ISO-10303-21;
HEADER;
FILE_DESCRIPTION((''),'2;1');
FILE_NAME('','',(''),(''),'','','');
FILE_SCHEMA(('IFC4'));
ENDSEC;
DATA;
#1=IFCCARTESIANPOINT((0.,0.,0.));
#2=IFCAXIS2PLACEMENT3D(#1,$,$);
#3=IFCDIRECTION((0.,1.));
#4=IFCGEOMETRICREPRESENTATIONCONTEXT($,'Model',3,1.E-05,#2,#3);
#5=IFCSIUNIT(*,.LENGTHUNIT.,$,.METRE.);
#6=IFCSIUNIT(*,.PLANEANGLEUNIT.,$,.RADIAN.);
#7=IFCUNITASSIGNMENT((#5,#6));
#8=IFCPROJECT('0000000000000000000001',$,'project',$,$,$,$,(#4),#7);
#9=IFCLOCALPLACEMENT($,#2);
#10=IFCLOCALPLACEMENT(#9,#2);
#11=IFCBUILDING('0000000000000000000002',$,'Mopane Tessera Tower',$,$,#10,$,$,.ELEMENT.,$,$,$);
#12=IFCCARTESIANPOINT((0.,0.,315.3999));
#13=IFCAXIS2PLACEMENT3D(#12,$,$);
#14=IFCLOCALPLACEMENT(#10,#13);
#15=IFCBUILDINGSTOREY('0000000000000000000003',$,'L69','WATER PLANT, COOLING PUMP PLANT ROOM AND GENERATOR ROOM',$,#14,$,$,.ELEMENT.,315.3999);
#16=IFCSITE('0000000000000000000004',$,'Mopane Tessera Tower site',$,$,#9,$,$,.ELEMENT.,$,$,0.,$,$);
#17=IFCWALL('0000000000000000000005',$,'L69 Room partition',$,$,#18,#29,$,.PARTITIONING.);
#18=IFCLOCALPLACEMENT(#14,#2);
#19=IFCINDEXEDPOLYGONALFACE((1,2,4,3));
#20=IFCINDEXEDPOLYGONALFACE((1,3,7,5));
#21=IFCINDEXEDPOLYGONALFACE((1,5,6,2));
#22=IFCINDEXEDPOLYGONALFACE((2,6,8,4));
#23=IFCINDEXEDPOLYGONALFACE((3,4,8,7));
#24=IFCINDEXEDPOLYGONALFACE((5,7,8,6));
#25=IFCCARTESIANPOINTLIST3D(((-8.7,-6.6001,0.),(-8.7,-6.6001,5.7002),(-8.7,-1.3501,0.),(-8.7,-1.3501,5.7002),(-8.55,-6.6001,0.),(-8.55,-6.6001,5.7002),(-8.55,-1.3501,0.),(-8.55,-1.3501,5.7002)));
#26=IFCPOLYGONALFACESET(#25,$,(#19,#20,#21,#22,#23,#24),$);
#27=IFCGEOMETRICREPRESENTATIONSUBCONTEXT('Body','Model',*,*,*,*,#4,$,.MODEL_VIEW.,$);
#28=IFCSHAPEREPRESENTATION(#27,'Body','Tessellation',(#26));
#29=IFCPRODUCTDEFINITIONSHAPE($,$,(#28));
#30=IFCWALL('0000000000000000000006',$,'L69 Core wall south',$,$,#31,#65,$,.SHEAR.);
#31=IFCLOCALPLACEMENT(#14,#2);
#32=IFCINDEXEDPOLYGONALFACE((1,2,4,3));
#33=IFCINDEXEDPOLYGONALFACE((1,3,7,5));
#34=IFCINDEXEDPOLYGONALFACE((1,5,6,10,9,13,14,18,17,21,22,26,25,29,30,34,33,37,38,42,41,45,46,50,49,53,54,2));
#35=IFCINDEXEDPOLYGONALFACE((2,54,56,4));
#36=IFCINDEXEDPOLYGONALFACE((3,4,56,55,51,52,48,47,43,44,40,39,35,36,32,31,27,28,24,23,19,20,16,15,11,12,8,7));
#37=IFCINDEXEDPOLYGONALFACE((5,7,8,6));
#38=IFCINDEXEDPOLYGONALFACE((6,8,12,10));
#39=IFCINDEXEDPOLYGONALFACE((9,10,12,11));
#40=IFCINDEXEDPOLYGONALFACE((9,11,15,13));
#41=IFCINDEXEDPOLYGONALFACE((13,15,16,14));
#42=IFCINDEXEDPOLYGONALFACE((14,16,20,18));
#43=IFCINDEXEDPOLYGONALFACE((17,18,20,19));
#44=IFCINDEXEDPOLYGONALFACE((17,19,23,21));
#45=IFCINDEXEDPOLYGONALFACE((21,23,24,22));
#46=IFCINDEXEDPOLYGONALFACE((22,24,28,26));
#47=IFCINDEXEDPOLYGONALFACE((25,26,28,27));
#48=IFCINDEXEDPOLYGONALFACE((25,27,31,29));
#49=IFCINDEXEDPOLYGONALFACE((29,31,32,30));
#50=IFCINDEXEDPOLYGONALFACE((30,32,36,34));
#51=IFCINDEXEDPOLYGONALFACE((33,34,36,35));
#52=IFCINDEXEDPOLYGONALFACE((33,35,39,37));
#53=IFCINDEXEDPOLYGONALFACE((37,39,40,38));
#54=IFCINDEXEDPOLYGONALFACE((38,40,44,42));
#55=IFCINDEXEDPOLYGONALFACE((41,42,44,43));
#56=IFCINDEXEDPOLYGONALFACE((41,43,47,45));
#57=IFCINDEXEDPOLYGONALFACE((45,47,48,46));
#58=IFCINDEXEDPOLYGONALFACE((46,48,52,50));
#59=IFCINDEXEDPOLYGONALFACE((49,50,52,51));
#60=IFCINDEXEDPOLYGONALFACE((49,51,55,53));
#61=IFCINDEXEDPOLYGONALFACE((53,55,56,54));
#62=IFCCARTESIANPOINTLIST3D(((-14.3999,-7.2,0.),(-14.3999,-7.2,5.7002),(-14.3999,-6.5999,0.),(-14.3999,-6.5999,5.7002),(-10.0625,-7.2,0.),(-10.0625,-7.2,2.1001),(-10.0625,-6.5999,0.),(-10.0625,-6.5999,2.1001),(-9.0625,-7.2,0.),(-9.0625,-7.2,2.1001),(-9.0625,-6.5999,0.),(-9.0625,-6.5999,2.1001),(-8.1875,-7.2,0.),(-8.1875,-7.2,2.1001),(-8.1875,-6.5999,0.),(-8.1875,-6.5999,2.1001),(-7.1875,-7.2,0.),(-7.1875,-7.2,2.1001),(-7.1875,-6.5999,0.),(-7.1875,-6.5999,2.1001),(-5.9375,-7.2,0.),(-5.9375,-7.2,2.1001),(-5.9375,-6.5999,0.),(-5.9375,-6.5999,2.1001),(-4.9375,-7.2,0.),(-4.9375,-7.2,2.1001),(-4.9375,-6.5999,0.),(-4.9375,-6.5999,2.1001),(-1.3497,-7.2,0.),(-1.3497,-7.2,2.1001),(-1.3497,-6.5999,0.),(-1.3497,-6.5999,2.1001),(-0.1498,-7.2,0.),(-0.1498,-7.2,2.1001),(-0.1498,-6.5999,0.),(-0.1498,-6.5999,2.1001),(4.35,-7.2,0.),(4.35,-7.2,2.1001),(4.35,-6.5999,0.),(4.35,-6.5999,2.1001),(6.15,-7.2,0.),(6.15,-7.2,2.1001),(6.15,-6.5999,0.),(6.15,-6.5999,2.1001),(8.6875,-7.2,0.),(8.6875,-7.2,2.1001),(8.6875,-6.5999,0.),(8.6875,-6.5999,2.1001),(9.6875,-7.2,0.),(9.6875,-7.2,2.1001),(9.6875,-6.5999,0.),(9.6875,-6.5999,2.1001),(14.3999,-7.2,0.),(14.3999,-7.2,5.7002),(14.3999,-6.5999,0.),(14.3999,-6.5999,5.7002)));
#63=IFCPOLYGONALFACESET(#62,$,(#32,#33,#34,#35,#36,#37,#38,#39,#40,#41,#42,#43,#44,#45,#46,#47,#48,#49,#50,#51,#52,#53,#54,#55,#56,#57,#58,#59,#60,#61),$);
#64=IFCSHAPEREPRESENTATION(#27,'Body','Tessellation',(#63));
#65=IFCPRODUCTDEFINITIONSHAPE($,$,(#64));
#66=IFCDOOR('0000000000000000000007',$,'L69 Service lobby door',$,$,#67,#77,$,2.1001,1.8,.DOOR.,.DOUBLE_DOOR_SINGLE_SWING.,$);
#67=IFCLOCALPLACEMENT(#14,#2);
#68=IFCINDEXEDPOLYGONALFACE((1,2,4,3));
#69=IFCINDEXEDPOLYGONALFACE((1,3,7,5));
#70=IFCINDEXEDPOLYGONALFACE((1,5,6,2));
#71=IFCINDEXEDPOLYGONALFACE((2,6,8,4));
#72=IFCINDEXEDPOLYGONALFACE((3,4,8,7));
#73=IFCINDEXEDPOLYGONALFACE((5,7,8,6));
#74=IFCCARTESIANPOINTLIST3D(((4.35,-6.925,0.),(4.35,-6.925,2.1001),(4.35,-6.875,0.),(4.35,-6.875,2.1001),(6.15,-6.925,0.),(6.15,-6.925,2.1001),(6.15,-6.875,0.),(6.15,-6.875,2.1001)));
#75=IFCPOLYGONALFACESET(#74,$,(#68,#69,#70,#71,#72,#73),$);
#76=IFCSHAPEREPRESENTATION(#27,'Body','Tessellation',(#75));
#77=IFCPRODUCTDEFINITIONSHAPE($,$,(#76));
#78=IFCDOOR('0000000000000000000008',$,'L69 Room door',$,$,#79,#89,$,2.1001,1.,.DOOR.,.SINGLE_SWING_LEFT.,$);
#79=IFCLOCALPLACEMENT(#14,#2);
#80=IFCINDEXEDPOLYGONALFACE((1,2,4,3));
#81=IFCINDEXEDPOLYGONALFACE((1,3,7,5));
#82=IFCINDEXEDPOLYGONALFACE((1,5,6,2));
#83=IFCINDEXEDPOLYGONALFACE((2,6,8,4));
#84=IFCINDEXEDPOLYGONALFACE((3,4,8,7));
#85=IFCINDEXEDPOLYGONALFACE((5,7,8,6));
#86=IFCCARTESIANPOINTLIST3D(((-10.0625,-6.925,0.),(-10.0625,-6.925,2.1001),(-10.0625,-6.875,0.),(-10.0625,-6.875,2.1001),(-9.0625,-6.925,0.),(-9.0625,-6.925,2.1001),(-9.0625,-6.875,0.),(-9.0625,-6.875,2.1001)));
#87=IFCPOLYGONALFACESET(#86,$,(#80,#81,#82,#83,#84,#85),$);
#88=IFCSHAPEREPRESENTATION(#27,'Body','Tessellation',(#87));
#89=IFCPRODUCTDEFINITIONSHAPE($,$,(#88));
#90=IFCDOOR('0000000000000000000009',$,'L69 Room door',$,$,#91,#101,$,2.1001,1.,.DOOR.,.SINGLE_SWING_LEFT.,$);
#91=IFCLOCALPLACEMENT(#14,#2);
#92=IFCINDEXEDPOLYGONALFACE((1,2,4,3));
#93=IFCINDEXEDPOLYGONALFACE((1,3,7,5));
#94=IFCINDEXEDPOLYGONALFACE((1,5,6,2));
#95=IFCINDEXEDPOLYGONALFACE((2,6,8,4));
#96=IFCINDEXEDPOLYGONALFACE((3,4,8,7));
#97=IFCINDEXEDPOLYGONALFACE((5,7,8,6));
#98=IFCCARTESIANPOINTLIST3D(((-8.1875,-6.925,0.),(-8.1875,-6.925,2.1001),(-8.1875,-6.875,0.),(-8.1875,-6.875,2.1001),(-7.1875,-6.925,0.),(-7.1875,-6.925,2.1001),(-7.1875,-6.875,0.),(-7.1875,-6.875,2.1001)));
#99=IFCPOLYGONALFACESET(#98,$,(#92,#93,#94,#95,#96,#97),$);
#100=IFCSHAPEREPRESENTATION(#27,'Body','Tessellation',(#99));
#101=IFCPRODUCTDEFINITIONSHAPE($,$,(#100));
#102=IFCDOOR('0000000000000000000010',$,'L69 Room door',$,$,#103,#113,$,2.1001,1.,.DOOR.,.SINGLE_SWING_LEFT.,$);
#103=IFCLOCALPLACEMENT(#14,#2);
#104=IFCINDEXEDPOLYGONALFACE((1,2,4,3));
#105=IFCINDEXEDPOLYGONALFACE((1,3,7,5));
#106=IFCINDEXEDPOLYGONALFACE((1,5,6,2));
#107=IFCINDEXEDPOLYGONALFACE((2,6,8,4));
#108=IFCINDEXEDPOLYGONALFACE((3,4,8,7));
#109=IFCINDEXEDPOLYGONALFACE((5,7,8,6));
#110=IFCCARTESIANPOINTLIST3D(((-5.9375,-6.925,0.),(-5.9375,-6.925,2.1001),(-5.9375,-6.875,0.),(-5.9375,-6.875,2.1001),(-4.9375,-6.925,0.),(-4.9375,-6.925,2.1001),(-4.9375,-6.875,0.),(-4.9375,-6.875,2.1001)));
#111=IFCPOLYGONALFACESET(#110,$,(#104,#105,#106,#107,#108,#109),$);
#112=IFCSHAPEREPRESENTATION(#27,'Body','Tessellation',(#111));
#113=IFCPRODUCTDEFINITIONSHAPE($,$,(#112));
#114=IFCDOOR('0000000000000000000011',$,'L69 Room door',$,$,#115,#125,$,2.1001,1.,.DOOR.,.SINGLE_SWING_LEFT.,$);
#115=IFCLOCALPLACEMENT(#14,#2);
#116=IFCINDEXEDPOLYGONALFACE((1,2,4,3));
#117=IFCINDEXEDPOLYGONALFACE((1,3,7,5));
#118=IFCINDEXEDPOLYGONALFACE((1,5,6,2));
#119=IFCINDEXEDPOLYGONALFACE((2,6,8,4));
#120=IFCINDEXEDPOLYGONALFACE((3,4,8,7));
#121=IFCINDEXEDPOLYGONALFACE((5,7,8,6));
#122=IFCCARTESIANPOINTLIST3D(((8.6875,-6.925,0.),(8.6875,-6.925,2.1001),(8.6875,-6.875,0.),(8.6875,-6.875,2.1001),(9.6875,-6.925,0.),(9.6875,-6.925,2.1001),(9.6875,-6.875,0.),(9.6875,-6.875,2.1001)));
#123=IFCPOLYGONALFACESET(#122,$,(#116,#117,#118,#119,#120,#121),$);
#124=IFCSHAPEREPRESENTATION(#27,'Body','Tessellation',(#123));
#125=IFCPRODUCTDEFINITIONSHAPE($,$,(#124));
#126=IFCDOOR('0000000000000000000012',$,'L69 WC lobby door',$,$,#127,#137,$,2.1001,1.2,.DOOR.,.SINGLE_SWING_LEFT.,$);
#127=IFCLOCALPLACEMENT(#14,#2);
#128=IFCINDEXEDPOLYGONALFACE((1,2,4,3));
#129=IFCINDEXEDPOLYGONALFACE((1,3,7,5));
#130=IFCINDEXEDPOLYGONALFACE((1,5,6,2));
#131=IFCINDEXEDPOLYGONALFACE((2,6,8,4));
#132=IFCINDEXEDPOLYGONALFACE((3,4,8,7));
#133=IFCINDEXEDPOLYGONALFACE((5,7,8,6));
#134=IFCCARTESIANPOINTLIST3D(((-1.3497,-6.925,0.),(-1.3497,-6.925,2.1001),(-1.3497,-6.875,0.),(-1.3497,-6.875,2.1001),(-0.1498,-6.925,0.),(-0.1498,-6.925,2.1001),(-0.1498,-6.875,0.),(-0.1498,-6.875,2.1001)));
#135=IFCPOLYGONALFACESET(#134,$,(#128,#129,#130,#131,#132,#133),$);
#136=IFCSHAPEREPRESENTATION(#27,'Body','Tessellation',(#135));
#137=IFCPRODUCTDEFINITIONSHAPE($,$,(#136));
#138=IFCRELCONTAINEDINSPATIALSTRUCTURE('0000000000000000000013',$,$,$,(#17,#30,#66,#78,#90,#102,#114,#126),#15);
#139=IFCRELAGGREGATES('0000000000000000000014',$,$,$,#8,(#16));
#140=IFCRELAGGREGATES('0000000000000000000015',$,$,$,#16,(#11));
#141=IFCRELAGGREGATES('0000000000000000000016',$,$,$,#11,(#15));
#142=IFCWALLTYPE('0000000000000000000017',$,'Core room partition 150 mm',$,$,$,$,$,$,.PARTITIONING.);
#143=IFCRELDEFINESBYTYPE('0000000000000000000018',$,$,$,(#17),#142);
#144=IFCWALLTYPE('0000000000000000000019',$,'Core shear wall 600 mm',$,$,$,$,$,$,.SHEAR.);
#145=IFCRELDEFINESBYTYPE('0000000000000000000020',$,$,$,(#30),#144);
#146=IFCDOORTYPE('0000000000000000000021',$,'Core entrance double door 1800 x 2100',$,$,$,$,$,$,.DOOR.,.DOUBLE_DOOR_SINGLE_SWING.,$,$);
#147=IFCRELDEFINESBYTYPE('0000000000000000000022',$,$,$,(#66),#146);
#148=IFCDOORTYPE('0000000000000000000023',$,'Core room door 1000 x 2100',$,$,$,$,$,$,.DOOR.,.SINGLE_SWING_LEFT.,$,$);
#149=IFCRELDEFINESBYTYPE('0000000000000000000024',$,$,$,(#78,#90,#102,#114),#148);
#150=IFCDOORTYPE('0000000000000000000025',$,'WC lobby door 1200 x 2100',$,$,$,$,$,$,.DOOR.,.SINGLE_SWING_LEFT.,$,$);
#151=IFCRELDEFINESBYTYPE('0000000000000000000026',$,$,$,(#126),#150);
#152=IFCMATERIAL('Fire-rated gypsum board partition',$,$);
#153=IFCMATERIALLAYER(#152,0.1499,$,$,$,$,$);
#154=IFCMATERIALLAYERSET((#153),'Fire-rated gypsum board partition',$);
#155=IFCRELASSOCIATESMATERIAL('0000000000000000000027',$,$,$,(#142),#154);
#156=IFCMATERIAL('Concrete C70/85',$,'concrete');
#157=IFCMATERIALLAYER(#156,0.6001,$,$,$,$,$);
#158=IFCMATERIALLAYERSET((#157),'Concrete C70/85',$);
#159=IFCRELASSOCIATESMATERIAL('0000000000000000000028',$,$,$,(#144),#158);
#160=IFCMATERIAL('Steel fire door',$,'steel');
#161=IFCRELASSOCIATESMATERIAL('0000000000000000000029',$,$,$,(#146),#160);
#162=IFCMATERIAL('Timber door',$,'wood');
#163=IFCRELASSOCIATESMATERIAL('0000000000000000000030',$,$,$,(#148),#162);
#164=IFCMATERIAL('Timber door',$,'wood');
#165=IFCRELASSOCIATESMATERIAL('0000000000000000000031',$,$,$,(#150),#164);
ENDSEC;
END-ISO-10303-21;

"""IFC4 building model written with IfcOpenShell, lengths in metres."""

from ifc_helpers import new_model, si_unit, direction, frame, frame_2d, origin, place, context, subcontext, project, spatial, rectangle, extrude, material, layer, layer_set, type_object, element, fill, save


model = new_model("IFC4")

# Units and contexts
model_context = context("Model", 3, precision=1e-05, world=origin(), true_north=direction((0.0, 1.0)))
body_context = subcontext(model_context, "Body", "Model", "MODEL_VIEW")
ifc_project = project(units=[si_unit("LENGTHUNIT", "METRE"), si_unit("PLANEANGLEUNIT", "RADIAN")], contexts=[model_context])

# Site, building, storey
site_placement = place(None, origin())
site = spatial("IfcSite", under=ifc_project, at=site_placement, Name="Mopane Tessera Tower site", CompositionType="ELEMENT", RefElevation=0.0)
building_placement = place(site_placement, origin())
building = spatial("IfcBuilding", under=site, at=building_placement, Name="Mopane Tessera Tower", CompositionType="ELEMENT")
storey_placement = place(building_placement, frame((0.0, 0.0, 315.3999)))
storey = spatial("IfcBuildingStorey", under=building, at=storey_placement, Name="L69", Description="WATER PLANT, COOLING PUMP PLANT ROOM AND GENERATOR ROOM", CompositionType="ELEMENT", Elevation=315.3999)

# Wall
ifc_material_1 = material(Name="Fire-rated gypsum board partition")
ifc_layer_1 = layer(ifc_material_1, 0.1499)
ifc_layer_set_1 = layer_set([ifc_layer_1], Name="Fire-rated gypsum board partition")
wall_type_1 = type_object("IfcWallType", Name="Core room partition 150 mm", PredefinedType="PARTITIONING", material=ifc_layer_set_1)
wall_1_placement = place(storey_placement, frame((-8.625, -6.6001, 0.0), z_axis=(0.0, 0.0, 1.0), x_axis=(0.0, 1.0, 0.0)))
element("IfcWall", 1, at=wall_1_placement, inside=storey, type_object=wall_type_1, Name="L69 Room partition", PredefinedType="PARTITIONING", context=body_context, shape_type="SweptSolid", body=[
    extrude(rectangle(XDim=5.25, YDim=0.1499, at=frame_2d((2.625, 0.0))), origin(), (0.0, 0.0, 1.0), 5.7002),
])

# Wall, openings, doors
ifc_material_2 = material(Name="Concrete C70/85", Category="concrete")
ifc_layer_2 = layer(ifc_material_2, 0.6001)
ifc_layer_set_2 = layer_set([ifc_layer_2], Name="Concrete C70/85")
wall_type_2 = type_object("IfcWallType", Name="Core shear wall 600 mm", PredefinedType="SHEAR", material=ifc_layer_set_2)
wall_2_placement = place(storey_placement, frame((-14.3999, -6.8999, 0.0), z_axis=(0.0, 0.0, 1.0), x_axis=(1.0, 0.0, 0.0)))
wall_2 = element("IfcWall", 2, at=wall_2_placement, inside=storey, type_object=wall_type_2, Name="L69 Core wall south", PredefinedType="SHEAR", context=body_context, shape_type="SweptSolid", body=[
    extrude(rectangle(XDim=28.7998, YDim=0.6001, at=frame_2d((14.3999, 0.0))), origin(), (0.0, 0.0, 1.0), 5.7002),
])
opening_1_placement = place(wall_2_placement, frame((4.3374, 0.0, 0.0)))
opening_1 = element("IfcOpeningElement", 3, at=opening_1_placement, cuts=wall_2, PredefinedType="OPENING", context=body_context, shape_type="SweptSolid", body=[
    extrude(rectangle(XDim=1.0, YDim=2.1001, at=frame_2d((0.5, 1.05))), frame((0.0, 0.312, 0.0), z_axis=(0.0, -1.0, 0.0), x_axis=(1.0, 0.0, 0.0)), (0.0, 0.0, 1.0), 0.624),
])
opening_2_placement = place(wall_2_placement, frame((6.2124, 0.0, 0.0)))
opening_2 = element("IfcOpeningElement", 4, at=opening_2_placement, cuts=wall_2, PredefinedType="OPENING", context=body_context, shape_type="SweptSolid", body=[
    extrude(rectangle(XDim=1.0, YDim=2.1001, at=frame_2d((0.5, 1.05))), frame((0.0, 0.312, 0.0), z_axis=(0.0, -1.0, 0.0), x_axis=(1.0, 0.0, 0.0)), (0.0, 0.0, 1.0), 0.624),
])
opening_3_placement = place(wall_2_placement, frame((8.4624, 0.0, 0.0)))
opening_3 = element("IfcOpeningElement", 5, at=opening_3_placement, cuts=wall_2, PredefinedType="OPENING", context=body_context, shape_type="SweptSolid", body=[
    extrude(rectangle(XDim=1.0, YDim=2.1001, at=frame_2d((0.5, 1.05))), frame((0.0, 0.312, 0.0), z_axis=(0.0, -1.0, 0.0), x_axis=(1.0, 0.0, 0.0)), (0.0, 0.0, 1.0), 0.624),
])
opening_4_placement = place(wall_2_placement, frame((13.05, 0.0, 0.0)))
opening_4 = element("IfcOpeningElement", 6, at=opening_4_placement, cuts=wall_2, PredefinedType="OPENING", context=body_context, shape_type="SweptSolid", body=[
    extrude(rectangle(XDim=1.2, YDim=2.1001, at=frame_2d((0.6001, 1.05))), frame((0.0, 0.312, 0.0), z_axis=(0.0, -1.0, 0.0), x_axis=(1.0, 0.0, 0.0)), (0.0, 0.0, 1.0), 0.624),
])
opening_5_placement = place(wall_2_placement, frame((18.75, 0.0, 0.0)))
opening_5 = element("IfcOpeningElement", 7, at=opening_5_placement, cuts=wall_2, PredefinedType="OPENING", context=body_context, shape_type="SweptSolid", body=[
    extrude(rectangle(XDim=1.8, YDim=2.1001, at=frame_2d((0.8999, 1.05))), frame((0.0, 0.312, 0.0), z_axis=(0.0, -1.0, 0.0), x_axis=(1.0, 0.0, 0.0)), (0.0, 0.0, 1.0), 0.624),
])
opening_6_placement = place(wall_2_placement, frame((23.0874, 0.0, 0.0)))
opening_6 = element("IfcOpeningElement", 8, at=opening_6_placement, cuts=wall_2, PredefinedType="OPENING", context=body_context, shape_type="SweptSolid", body=[
    extrude(rectangle(XDim=1.0, YDim=2.1001, at=frame_2d((0.5, 1.05))), frame((0.0, 0.312, 0.0), z_axis=(0.0, -1.0, 0.0), x_axis=(1.0, 0.0, 0.0)), (0.0, 0.0, 1.0), 0.624),
])
ifc_material_3 = material(Name="Steel fire door", Category="steel")
door_type_1 = type_object("IfcDoorType", Name="Core entrance double door 1800 x 2100", OperationType="DOUBLE_DOOR_SINGLE_SWING", PredefinedType="DOOR", material=ifc_material_3)
door_1_placement = place(opening_5_placement, origin())
door_1 = element("IfcDoor", 9, at=door_1_placement, inside=storey, type_object=door_type_1, Name="L69 Service lobby door", OperationType="DOUBLE_DOOR_SINGLE_SWING", OverallHeight=2.1001, OverallWidth=1.8, PredefinedType="DOOR", context=body_context, shape_type="SweptSolid", body=[
    extrude(rectangle(XDim=1.8, YDim=2.1001, at=frame_2d((0.8999, 1.05))), frame((0.0, 0.0249, 0.0), z_axis=(0.0, -1.0, 0.0), x_axis=(1.0, 0.0, 0.0)), (0.0, 0.0, 1.0), 0.05),
])
fill(opening_5, door_1)
ifc_material_4 = material(Name="Timber door", Category="wood")
door_type_2 = type_object("IfcDoorType", Name="Core room door 1000 x 2100", OperationType="SINGLE_SWING_LEFT", PredefinedType="DOOR", material=ifc_material_4)
door_2_placement = place(opening_1_placement, origin())
door_2 = element("IfcDoor", 10, at=door_2_placement, inside=storey, type_object=door_type_2, Name="L69 Room door", OperationType="SINGLE_SWING_LEFT", OverallHeight=2.1001, OverallWidth=1.0, PredefinedType="DOOR", context=body_context, shape_type="SweptSolid", body=[
    extrude(rectangle(XDim=1.0, YDim=2.1001, at=frame_2d((0.5, 1.05))), frame((0.0, 0.0249, 0.0), z_axis=(0.0, -1.0, 0.0), x_axis=(1.0, 0.0, 0.0)), (0.0, 0.0, 1.0), 0.05),
])
fill(opening_1, door_2)
door_3_placement = place(opening_2_placement, origin())
door_3 = element("IfcDoor", 11, at=door_3_placement, inside=storey, type_object=door_type_2, Name="L69 Room door", OperationType="SINGLE_SWING_LEFT", OverallHeight=2.1001, OverallWidth=1.0, PredefinedType="DOOR", context=body_context, shape_type="SweptSolid", body=[
    extrude(rectangle(XDim=1.0, YDim=2.1001, at=frame_2d((0.5, 1.05))), frame((0.0, 0.0249, 0.0), z_axis=(0.0, -1.0, 0.0), x_axis=(1.0, 0.0, 0.0)), (0.0, 0.0, 1.0), 0.05),
])
fill(opening_2, door_3)
door_4_placement = place(opening_3_placement, origin())
door_4 = element("IfcDoor", 12, at=door_4_placement, inside=storey, type_object=door_type_2, Name="L69 Room door", OperationType="SINGLE_SWING_LEFT", OverallHeight=2.1001, OverallWidth=1.0, PredefinedType="DOOR", context=body_context, shape_type="SweptSolid", body=[
    extrude(rectangle(XDim=1.0, YDim=2.1001, at=frame_2d((0.5, 1.05))), frame((0.0, 0.0249, 0.0), z_axis=(0.0, -1.0, 0.0), x_axis=(1.0, 0.0, 0.0)), (0.0, 0.0, 1.0), 0.05),
])
fill(opening_3, door_4)
door_5_placement = place(opening_6_placement, origin())
door_5 = element("IfcDoor", 13, at=door_5_placement, inside=storey, type_object=door_type_2, Name="L69 Room door", OperationType="SINGLE_SWING_LEFT", OverallHeight=2.1001, OverallWidth=1.0, PredefinedType="DOOR", context=body_context, shape_type="SweptSolid", body=[
    extrude(rectangle(XDim=1.0, YDim=2.1001, at=frame_2d((0.5, 1.05))), frame((0.0, 0.0249, 0.0), z_axis=(0.0, -1.0, 0.0), x_axis=(1.0, 0.0, 0.0)), (0.0, 0.0, 1.0), 0.05),
])
fill(opening_6, door_5)
ifc_material_5 = material(Name="Timber door", Category="wood")
door_type_3 = type_object("IfcDoorType", Name="WC lobby door 1200 x 2100", OperationType="SINGLE_SWING_LEFT", PredefinedType="DOOR", material=ifc_material_5)
door_6_placement = place(opening_4_placement, origin())
door_6 = element("IfcDoor", 14, at=door_6_placement, inside=storey, type_object=door_type_3, Name="L69 WC lobby door", OperationType="SINGLE_SWING_LEFT", OverallHeight=2.1001, OverallWidth=1.2, PredefinedType="DOOR", context=body_context, shape_type="SweptSolid", body=[
    extrude(rectangle(XDim=1.2, YDim=2.1001, at=frame_2d((0.6001, 1.05))), frame((0.0, 0.0249, 0.0), z_axis=(0.0, -1.0, 0.0), x_axis=(1.0, 0.0, 0.0)), (0.0, 0.0, 1.0), 0.05),
])
fill(opening_4, door_6)

save(model, "model.ifc")
